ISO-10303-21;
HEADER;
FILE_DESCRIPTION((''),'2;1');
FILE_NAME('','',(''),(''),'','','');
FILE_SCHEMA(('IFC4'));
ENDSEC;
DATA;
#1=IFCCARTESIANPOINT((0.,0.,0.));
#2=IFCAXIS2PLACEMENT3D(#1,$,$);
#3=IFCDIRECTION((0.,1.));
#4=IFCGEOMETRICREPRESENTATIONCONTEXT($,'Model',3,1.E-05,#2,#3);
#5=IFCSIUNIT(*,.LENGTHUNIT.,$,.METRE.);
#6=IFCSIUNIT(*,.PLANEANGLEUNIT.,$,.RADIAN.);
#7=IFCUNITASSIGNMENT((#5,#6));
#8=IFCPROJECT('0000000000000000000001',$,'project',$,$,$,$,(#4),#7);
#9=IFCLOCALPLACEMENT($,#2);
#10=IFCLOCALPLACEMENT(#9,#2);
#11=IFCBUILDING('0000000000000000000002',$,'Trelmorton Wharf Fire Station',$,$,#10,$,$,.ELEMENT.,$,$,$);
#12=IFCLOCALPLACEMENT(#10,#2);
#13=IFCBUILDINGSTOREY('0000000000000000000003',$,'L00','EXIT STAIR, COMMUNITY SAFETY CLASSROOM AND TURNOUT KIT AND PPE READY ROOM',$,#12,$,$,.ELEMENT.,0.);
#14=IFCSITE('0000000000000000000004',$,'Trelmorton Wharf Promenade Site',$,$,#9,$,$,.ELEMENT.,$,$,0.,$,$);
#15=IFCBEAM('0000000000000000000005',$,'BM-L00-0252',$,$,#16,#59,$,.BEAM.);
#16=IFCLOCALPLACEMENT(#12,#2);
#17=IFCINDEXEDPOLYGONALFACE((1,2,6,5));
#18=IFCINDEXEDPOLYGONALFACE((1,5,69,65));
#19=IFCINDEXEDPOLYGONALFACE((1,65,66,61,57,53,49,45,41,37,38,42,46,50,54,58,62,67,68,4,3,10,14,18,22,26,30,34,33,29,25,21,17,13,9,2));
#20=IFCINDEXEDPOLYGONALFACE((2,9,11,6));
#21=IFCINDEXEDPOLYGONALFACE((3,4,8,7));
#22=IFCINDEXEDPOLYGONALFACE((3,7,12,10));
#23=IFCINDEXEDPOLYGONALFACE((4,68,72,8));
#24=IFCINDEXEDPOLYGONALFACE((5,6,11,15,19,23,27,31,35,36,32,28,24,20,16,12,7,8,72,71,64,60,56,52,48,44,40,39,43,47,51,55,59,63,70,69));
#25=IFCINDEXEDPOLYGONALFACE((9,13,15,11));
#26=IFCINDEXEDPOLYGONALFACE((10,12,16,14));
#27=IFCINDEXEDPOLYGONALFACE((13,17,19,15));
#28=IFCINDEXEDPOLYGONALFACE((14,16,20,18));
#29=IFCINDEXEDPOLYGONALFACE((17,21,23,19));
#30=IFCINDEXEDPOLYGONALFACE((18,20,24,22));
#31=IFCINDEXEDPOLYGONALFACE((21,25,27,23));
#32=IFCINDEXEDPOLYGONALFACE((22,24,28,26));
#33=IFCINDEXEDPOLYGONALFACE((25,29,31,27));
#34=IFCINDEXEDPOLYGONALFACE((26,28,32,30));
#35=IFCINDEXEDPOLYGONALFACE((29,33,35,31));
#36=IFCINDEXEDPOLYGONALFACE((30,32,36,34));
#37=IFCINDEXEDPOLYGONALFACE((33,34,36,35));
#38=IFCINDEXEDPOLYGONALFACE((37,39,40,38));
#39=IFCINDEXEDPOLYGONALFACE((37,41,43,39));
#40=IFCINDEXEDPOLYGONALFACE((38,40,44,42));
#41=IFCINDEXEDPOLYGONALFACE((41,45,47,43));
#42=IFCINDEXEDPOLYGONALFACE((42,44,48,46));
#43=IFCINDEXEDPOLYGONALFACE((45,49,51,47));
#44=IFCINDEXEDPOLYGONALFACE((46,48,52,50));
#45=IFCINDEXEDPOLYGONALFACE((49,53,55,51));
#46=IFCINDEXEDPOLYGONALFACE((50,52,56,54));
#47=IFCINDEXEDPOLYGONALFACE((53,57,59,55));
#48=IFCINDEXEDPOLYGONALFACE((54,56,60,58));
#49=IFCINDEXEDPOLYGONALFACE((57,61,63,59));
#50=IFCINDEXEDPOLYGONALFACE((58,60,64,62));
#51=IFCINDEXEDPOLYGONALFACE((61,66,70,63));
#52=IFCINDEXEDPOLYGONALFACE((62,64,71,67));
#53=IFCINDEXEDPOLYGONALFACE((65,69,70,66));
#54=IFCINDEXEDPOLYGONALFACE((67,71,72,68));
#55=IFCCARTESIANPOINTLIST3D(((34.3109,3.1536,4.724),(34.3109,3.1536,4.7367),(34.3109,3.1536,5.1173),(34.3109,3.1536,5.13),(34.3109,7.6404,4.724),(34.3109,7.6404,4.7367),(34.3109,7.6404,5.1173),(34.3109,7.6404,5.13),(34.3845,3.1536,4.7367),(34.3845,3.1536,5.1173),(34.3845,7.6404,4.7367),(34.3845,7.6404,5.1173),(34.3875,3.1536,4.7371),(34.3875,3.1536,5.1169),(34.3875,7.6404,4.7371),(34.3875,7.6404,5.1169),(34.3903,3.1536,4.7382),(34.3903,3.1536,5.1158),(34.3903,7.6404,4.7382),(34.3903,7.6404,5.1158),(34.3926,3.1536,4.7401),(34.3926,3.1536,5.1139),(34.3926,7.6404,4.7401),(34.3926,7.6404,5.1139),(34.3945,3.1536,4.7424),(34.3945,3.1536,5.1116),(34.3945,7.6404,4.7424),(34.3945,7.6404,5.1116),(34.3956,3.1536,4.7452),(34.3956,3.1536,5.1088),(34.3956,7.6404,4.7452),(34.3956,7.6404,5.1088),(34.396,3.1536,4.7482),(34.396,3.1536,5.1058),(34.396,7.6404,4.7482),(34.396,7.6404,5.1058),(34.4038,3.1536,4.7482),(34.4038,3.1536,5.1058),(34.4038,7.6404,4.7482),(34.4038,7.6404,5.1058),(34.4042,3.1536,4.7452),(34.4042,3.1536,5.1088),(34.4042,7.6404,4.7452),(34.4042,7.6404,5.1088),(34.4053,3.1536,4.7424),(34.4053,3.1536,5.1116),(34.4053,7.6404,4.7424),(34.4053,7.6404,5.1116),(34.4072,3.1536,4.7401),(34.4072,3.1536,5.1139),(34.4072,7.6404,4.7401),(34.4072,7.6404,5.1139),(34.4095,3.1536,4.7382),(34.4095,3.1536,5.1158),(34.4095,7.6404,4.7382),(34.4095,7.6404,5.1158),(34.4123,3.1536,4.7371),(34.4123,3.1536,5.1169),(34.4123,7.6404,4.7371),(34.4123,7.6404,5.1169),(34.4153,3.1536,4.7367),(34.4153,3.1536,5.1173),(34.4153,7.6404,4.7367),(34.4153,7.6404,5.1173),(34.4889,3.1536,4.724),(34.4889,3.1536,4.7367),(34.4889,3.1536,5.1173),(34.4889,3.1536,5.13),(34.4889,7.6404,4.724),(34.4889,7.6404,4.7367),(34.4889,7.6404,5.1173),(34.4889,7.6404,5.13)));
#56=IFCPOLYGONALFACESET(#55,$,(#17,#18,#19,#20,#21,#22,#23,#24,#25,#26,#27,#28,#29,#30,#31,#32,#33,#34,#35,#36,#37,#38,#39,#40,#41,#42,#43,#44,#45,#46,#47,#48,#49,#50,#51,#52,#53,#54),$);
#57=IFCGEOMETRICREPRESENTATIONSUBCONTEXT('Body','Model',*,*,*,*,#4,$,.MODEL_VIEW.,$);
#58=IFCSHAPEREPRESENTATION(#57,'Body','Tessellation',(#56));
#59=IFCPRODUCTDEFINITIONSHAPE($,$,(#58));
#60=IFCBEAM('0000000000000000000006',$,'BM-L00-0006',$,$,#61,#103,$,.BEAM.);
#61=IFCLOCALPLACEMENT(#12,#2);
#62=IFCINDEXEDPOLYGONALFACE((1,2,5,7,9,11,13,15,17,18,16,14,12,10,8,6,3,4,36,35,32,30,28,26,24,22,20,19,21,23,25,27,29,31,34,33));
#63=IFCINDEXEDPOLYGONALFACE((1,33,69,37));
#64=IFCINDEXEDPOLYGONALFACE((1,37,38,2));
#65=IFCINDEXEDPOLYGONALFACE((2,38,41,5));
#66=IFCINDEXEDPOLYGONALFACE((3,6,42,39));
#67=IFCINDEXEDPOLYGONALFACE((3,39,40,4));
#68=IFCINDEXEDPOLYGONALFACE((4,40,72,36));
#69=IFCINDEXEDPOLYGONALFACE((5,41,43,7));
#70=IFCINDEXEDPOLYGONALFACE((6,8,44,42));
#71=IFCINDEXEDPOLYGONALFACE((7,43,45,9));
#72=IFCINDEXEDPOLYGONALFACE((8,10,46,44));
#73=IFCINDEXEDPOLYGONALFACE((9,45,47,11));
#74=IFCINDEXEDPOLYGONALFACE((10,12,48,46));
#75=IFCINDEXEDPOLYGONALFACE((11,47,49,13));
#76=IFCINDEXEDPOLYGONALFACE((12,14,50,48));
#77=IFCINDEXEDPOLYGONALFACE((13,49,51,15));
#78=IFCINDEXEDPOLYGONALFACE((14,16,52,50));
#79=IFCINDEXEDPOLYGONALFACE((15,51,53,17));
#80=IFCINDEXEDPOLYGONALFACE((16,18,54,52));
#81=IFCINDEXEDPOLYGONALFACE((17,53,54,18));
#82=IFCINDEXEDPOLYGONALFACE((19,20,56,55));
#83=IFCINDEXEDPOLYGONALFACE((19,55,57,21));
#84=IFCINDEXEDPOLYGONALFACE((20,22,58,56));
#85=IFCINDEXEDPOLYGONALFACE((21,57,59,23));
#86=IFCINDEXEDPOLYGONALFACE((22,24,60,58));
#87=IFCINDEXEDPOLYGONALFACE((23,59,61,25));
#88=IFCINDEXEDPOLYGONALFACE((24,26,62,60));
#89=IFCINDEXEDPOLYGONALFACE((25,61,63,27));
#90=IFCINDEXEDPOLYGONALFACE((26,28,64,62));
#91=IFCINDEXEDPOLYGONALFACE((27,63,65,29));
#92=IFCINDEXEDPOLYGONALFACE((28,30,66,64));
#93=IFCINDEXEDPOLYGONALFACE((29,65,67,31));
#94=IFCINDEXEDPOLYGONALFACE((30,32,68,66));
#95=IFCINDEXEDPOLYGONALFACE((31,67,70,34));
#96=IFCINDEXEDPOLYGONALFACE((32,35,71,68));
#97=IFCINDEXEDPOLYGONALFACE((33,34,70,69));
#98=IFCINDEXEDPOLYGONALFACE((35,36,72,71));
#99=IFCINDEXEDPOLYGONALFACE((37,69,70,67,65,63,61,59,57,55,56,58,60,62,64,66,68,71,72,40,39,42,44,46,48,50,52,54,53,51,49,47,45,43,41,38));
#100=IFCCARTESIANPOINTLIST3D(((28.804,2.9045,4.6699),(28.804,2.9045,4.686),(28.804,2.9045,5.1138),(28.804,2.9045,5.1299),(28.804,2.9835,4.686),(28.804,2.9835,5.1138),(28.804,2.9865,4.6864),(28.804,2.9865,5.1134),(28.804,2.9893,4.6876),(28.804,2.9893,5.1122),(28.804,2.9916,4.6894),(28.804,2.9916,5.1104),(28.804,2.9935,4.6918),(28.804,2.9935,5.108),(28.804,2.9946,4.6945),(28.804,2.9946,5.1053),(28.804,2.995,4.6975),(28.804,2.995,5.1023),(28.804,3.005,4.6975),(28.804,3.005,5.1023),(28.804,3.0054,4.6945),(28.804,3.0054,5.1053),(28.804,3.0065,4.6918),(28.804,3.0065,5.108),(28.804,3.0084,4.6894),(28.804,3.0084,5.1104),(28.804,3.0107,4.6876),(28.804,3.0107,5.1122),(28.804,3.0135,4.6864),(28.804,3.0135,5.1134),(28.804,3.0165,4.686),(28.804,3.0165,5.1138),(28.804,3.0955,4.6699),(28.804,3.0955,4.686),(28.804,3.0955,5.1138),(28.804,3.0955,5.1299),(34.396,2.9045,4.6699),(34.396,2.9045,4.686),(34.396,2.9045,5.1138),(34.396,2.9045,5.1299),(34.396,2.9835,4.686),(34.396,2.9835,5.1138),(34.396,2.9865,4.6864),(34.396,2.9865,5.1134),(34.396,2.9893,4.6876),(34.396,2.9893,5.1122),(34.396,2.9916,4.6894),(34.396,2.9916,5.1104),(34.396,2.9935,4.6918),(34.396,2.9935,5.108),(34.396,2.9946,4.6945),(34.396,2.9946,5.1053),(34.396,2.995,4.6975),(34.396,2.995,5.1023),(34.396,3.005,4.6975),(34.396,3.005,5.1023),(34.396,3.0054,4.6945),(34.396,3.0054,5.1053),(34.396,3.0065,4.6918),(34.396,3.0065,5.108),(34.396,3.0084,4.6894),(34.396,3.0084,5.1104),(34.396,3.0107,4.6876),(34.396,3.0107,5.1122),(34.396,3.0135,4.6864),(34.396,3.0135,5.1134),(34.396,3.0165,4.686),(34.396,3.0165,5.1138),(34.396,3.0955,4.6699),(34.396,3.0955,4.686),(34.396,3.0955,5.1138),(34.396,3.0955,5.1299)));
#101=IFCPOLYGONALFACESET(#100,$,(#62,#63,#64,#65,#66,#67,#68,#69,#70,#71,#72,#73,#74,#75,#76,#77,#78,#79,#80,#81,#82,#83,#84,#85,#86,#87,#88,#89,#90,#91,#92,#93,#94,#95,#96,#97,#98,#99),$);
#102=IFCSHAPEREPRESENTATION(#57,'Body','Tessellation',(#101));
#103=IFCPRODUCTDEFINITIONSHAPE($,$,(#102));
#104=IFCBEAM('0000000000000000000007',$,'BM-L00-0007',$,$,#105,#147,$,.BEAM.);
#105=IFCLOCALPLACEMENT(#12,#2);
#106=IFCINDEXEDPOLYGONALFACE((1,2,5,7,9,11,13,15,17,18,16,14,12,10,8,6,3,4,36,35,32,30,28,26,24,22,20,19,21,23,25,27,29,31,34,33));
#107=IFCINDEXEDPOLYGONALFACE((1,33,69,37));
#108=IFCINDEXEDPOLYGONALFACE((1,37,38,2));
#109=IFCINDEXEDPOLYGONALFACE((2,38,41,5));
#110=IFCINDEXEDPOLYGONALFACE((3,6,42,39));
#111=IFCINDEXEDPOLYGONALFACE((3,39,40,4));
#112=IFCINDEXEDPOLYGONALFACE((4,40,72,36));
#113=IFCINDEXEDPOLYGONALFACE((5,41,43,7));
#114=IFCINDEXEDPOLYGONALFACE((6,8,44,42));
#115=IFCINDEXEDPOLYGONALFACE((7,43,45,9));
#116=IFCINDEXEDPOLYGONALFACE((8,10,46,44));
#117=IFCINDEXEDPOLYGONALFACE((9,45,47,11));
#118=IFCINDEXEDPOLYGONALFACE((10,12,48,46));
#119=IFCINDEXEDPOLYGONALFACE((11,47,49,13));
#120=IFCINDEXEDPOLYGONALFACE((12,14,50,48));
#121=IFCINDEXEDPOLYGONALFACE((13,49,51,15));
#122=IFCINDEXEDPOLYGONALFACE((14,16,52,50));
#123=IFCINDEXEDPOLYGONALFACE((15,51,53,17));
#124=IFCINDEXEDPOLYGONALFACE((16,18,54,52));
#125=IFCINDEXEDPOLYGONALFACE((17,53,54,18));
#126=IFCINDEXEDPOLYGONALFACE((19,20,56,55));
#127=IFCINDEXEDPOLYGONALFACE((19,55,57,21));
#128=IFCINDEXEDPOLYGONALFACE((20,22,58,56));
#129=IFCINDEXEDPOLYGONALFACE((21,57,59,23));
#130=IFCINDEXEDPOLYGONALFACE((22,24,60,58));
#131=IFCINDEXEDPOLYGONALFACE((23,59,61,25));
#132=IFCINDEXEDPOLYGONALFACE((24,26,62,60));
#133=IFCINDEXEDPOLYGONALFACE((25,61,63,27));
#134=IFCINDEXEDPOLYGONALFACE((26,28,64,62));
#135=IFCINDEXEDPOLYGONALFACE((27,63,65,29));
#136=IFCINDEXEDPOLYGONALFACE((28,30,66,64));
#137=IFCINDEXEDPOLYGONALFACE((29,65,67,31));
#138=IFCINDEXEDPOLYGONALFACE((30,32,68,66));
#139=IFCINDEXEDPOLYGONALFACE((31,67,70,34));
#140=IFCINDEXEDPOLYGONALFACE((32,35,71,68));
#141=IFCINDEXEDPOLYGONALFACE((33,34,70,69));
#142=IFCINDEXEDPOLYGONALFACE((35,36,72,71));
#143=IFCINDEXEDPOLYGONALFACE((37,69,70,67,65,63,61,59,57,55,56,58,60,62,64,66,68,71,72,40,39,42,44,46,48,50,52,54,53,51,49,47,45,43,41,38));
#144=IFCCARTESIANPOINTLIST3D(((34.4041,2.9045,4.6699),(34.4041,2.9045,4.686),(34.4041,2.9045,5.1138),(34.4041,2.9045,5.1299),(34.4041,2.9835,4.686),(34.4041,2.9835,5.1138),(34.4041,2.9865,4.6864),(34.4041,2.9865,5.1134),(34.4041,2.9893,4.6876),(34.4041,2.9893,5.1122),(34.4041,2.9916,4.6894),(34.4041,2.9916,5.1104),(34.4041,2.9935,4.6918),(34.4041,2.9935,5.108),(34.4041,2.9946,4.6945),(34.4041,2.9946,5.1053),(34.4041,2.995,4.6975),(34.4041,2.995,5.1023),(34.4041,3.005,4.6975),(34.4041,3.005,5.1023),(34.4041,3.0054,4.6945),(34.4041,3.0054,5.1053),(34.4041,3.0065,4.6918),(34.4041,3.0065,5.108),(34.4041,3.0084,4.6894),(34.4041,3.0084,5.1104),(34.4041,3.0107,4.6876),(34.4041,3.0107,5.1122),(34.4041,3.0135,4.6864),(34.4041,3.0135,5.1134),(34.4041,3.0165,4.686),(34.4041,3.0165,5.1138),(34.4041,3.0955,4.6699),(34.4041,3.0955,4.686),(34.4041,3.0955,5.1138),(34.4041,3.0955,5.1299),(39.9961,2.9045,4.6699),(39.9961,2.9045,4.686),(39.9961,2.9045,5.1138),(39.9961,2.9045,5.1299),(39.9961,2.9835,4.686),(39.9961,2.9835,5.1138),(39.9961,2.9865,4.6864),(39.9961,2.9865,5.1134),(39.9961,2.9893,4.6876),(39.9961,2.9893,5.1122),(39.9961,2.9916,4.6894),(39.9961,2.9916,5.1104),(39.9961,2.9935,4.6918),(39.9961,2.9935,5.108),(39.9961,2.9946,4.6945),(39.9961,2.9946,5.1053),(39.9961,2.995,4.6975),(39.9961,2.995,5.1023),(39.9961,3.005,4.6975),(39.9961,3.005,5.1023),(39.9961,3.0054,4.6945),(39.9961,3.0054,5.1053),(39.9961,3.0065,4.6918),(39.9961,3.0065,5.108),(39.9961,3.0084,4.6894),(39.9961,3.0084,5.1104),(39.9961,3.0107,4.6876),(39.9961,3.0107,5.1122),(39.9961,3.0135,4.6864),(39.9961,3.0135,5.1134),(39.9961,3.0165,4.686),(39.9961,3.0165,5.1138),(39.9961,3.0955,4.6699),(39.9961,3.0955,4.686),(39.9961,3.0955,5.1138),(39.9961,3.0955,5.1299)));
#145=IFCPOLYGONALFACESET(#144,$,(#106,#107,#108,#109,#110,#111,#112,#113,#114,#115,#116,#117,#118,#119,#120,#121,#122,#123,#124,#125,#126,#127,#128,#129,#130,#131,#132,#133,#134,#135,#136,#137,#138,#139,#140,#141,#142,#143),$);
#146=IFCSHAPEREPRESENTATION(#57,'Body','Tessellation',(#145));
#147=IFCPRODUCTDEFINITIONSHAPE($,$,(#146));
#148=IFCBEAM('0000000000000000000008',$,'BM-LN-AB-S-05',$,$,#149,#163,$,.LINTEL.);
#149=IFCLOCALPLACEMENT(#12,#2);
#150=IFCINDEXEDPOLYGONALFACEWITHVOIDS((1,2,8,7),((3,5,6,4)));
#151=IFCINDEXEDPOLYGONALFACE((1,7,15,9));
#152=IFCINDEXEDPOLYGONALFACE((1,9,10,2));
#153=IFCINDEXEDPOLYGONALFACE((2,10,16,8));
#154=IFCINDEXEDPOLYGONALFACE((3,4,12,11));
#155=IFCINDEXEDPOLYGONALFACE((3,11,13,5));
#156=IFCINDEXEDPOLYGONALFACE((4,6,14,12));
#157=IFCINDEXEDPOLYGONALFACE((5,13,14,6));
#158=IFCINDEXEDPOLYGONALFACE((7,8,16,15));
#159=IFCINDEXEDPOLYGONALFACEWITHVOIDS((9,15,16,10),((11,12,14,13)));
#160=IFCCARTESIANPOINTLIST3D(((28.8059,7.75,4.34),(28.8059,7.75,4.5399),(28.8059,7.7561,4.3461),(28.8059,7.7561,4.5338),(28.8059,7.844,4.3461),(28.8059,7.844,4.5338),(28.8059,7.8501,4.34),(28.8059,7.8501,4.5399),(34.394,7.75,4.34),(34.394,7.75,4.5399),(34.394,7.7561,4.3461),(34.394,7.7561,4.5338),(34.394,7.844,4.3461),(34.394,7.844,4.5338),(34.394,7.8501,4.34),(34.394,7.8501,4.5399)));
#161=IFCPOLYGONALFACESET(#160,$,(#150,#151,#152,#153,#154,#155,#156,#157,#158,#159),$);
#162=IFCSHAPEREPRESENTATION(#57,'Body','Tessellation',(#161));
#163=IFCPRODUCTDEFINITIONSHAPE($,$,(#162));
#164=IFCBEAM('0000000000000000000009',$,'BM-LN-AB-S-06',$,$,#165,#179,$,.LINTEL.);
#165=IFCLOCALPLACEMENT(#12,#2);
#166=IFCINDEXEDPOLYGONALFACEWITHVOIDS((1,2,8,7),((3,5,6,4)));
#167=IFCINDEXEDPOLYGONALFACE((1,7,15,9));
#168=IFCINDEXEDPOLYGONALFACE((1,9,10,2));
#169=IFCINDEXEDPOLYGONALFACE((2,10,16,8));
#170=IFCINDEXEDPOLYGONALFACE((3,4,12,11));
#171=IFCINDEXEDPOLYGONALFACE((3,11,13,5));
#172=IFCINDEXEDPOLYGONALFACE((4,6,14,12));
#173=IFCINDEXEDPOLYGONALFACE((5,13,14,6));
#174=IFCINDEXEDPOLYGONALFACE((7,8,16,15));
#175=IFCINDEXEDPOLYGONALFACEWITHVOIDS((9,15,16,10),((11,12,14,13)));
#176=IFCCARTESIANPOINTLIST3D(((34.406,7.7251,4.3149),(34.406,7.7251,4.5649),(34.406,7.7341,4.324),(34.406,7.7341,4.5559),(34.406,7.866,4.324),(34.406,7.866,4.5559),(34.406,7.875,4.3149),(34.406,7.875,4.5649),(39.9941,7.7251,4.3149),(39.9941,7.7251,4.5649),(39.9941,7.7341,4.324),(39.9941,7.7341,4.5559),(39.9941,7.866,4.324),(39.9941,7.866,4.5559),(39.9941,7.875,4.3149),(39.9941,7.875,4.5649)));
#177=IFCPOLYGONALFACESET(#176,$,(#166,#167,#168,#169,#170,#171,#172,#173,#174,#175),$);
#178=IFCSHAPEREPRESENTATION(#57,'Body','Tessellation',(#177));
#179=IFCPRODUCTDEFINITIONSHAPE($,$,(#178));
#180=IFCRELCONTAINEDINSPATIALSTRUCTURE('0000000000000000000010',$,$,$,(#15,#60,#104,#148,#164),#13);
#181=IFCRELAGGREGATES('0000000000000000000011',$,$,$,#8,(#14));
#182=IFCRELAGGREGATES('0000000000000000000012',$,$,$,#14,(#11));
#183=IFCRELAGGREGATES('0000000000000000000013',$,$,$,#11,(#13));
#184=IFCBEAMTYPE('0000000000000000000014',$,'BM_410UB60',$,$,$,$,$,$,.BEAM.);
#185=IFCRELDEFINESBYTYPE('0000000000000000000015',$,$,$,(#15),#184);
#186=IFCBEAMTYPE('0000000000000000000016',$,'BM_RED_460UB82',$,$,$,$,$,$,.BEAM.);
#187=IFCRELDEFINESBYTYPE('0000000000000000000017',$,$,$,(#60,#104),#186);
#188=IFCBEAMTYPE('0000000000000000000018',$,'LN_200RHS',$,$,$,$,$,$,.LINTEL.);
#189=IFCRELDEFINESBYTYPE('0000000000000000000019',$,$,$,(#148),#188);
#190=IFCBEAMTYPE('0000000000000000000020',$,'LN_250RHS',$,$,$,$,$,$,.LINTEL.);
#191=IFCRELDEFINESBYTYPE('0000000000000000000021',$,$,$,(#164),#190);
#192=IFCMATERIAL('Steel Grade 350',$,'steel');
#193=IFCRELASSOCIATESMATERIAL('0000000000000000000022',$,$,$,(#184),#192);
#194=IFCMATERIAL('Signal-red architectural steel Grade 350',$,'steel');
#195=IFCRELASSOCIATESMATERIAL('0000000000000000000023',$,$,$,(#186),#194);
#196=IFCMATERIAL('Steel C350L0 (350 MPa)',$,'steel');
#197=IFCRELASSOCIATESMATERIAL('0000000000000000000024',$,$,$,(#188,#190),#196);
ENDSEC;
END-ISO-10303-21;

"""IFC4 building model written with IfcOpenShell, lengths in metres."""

from ifc_helpers import new_model, si_unit, direction, frame, origin, origin_2d, place, context, subcontext, project, spatial, hollow_rectangle, i_section, extrude, material, material_profile, profile_set, type_object, element, save


model = new_model("IFC4")

# Units and contexts
model_context = context("Model", 3, precision=1e-05, world=origin(), true_north=direction((0.0, 1.0)))
body_context = subcontext(model_context, "Body", "Model", "MODEL_VIEW")
ifc_project = project(units=[si_unit("LENGTHUNIT", "METRE"), si_unit("PLANEANGLEUNIT", "RADIAN")], contexts=[model_context])

# Site, building, storey
site_placement = place(None, origin())
site = spatial("IfcSite", under=ifc_project, at=site_placement, Name="Trelmorton Wharf Promenade Site", CompositionType="ELEMENT", RefElevation=0.0)
building_placement = place(site_placement, origin())
building = spatial("IfcBuilding", under=site, at=building_placement, Name="Trelmorton Wharf Fire Station", CompositionType="ELEMENT")
storey_placement = place(building_placement, origin())
storey = spatial("IfcBuildingStorey", under=building, at=storey_placement, Name="L00", Description="EXIT STAIR, COMMUNITY SAFETY CLASSROOM AND TURNOUT KIT AND PPE READY ROOM", CompositionType="ELEMENT", Elevation=0.0)

# Shared definitions
ifc_material_1 = material(Name="Steel Grade 350", Category="steel")
ifc_material_2 = material(Name="Signal-red architectural steel Grade 350", Category="steel")

# Beams
ifc_material_profile_1 = material_profile(ifc_material_1, i_section(OverallWidth=0.178, OverallDepth=0.406, WebThickness=0.0078, FlangeThickness=0.0127, FilletRadius=0.0115, at=origin_2d()), Name="410UB59.7")
ifc_profile_set_1 = profile_set([ifc_material_profile_1], Name="Steel Grade 350")
beam_type_1 = type_object("IfcBeamType", Name="BM_410UB60", PredefinedType="BEAM", material=ifc_profile_set_1)
for number, where, z_axis, x_axis, name in (
    (1, (34.3999, 3.1536, 4.927), (0.0, 1.0, 0.0), (-1.0, 0.0, 0.0), "BM-L00-0252"),
):
    element("IfcBeam", number, at=place(storey_placement, frame(where, z_axis=z_axis, x_axis=x_axis)), inside=storey, type_object=beam_type_1, Name=name, PredefinedType="BEAM", context=body_context, shape_type="SweptSolid", body=[
        extrude(i_section(OverallWidth=0.178, OverallDepth=0.406, WebThickness=0.0078, FlangeThickness=0.0127, FilletRadius=0.0115, at=origin_2d()), origin(), (0.0, 0.0, 1.0), 4.4868),
    ])
ifc_material_profile_2 = material_profile(ifc_material_2, i_section(OverallWidth=0.1909, OverallDepth=0.46, WebThickness=0.01, FlangeThickness=0.0161, FilletRadius=0.0115, at=origin_2d()), Name="460UB82.1")
ifc_profile_set_2 = profile_set([ifc_material_profile_2], Name="Signal-red architectural steel Grade 350")
beam_type_2 = type_object("IfcBeamType", Name="BM_RED_460UB82", PredefinedType="BEAM", material=ifc_profile_set_2)
for number, where, z_axis, x_axis, name in (
    (2, (28.804, 3.0, 4.8999), (1.0, 0.0, 0.0), (0.0, 1.0, 0.0), "BM-L00-0006"),
    (3, (34.4041, 3.0, 4.8999), (1.0, 0.0, 0.0), (0.0, 1.0, 0.0), "BM-L00-0007"),
):
    element("IfcBeam", number, at=place(storey_placement, frame(where, z_axis=z_axis, x_axis=x_axis)), inside=storey, type_object=beam_type_2, Name=name, PredefinedType="BEAM", context=body_context, shape_type="SweptSolid", body=[
        extrude(i_section(OverallWidth=0.1909, OverallDepth=0.46, WebThickness=0.01, FlangeThickness=0.0161, FilletRadius=0.0115, at=origin_2d()), origin(), (0.0, 0.0, 1.0), 5.592),
    ])
ifc_material_3 = material(Name="Steel C350L0 (350 MPa)", Category="steel")
ifc_material_profile_3 = material_profile(ifc_material_3, hollow_rectangle(XDim=0.1001, YDim=0.2, WallThickness=0.0061, at=origin_2d()), Name="200x100x6.0RHS")
ifc_profile_set_3 = profile_set([ifc_material_profile_3], Name="Steel C350L0 (350 MPa)")
beam_type_3 = type_object("IfcBeamType", Name="LN_200RHS", PredefinedType="LINTEL", material=ifc_profile_set_3)
beam_1_placement = place(storey_placement, frame((28.8059, 7.8, 4.4399), z_axis=(1.0, 0.0, 0.0), x_axis=(0.0, 1.0, 0.0)))
element("IfcBeam", 4, at=beam_1_placement, inside=storey, type_object=beam_type_3, Name="BM-LN-AB-S-05", PredefinedType="LINTEL", context=body_context, shape_type="SweptSolid", body=[
    extrude(hollow_rectangle(XDim=0.1001, YDim=0.2, WallThickness=0.0061, at=origin_2d()), origin(), (0.0, 0.0, 1.0), 5.5881),
])
ifc_material_profile_4 = material_profile(ifc_material_3, hollow_rectangle(XDim=0.1499, YDim=0.25, WallThickness=0.009, at=origin_2d()), Name="250x150x9.0RHS")
ifc_profile_set_4 = profile_set([ifc_material_profile_4], Name="Steel C350L0 (350 MPa)")
beam_type_4 = type_object("IfcBeamType", Name="LN_250RHS", PredefinedType="LINTEL", material=ifc_profile_set_4)
beam_2_placement = place(storey_placement, frame((34.406, 7.8, 4.4399), z_axis=(1.0, 0.0, 0.0), x_axis=(0.0, 1.0, 0.0)))
element("IfcBeam", 5, at=beam_2_placement, inside=storey, type_object=beam_type_4, Name="BM-LN-AB-S-06", PredefinedType="LINTEL", context=body_context, shape_type="SweptSolid", body=[
    extrude(hollow_rectangle(XDim=0.1499, YDim=0.25, WallThickness=0.009, at=origin_2d()), origin(), (0.0, 0.0, 1.0), 5.5881),
])

save(model, "model.ifc")
